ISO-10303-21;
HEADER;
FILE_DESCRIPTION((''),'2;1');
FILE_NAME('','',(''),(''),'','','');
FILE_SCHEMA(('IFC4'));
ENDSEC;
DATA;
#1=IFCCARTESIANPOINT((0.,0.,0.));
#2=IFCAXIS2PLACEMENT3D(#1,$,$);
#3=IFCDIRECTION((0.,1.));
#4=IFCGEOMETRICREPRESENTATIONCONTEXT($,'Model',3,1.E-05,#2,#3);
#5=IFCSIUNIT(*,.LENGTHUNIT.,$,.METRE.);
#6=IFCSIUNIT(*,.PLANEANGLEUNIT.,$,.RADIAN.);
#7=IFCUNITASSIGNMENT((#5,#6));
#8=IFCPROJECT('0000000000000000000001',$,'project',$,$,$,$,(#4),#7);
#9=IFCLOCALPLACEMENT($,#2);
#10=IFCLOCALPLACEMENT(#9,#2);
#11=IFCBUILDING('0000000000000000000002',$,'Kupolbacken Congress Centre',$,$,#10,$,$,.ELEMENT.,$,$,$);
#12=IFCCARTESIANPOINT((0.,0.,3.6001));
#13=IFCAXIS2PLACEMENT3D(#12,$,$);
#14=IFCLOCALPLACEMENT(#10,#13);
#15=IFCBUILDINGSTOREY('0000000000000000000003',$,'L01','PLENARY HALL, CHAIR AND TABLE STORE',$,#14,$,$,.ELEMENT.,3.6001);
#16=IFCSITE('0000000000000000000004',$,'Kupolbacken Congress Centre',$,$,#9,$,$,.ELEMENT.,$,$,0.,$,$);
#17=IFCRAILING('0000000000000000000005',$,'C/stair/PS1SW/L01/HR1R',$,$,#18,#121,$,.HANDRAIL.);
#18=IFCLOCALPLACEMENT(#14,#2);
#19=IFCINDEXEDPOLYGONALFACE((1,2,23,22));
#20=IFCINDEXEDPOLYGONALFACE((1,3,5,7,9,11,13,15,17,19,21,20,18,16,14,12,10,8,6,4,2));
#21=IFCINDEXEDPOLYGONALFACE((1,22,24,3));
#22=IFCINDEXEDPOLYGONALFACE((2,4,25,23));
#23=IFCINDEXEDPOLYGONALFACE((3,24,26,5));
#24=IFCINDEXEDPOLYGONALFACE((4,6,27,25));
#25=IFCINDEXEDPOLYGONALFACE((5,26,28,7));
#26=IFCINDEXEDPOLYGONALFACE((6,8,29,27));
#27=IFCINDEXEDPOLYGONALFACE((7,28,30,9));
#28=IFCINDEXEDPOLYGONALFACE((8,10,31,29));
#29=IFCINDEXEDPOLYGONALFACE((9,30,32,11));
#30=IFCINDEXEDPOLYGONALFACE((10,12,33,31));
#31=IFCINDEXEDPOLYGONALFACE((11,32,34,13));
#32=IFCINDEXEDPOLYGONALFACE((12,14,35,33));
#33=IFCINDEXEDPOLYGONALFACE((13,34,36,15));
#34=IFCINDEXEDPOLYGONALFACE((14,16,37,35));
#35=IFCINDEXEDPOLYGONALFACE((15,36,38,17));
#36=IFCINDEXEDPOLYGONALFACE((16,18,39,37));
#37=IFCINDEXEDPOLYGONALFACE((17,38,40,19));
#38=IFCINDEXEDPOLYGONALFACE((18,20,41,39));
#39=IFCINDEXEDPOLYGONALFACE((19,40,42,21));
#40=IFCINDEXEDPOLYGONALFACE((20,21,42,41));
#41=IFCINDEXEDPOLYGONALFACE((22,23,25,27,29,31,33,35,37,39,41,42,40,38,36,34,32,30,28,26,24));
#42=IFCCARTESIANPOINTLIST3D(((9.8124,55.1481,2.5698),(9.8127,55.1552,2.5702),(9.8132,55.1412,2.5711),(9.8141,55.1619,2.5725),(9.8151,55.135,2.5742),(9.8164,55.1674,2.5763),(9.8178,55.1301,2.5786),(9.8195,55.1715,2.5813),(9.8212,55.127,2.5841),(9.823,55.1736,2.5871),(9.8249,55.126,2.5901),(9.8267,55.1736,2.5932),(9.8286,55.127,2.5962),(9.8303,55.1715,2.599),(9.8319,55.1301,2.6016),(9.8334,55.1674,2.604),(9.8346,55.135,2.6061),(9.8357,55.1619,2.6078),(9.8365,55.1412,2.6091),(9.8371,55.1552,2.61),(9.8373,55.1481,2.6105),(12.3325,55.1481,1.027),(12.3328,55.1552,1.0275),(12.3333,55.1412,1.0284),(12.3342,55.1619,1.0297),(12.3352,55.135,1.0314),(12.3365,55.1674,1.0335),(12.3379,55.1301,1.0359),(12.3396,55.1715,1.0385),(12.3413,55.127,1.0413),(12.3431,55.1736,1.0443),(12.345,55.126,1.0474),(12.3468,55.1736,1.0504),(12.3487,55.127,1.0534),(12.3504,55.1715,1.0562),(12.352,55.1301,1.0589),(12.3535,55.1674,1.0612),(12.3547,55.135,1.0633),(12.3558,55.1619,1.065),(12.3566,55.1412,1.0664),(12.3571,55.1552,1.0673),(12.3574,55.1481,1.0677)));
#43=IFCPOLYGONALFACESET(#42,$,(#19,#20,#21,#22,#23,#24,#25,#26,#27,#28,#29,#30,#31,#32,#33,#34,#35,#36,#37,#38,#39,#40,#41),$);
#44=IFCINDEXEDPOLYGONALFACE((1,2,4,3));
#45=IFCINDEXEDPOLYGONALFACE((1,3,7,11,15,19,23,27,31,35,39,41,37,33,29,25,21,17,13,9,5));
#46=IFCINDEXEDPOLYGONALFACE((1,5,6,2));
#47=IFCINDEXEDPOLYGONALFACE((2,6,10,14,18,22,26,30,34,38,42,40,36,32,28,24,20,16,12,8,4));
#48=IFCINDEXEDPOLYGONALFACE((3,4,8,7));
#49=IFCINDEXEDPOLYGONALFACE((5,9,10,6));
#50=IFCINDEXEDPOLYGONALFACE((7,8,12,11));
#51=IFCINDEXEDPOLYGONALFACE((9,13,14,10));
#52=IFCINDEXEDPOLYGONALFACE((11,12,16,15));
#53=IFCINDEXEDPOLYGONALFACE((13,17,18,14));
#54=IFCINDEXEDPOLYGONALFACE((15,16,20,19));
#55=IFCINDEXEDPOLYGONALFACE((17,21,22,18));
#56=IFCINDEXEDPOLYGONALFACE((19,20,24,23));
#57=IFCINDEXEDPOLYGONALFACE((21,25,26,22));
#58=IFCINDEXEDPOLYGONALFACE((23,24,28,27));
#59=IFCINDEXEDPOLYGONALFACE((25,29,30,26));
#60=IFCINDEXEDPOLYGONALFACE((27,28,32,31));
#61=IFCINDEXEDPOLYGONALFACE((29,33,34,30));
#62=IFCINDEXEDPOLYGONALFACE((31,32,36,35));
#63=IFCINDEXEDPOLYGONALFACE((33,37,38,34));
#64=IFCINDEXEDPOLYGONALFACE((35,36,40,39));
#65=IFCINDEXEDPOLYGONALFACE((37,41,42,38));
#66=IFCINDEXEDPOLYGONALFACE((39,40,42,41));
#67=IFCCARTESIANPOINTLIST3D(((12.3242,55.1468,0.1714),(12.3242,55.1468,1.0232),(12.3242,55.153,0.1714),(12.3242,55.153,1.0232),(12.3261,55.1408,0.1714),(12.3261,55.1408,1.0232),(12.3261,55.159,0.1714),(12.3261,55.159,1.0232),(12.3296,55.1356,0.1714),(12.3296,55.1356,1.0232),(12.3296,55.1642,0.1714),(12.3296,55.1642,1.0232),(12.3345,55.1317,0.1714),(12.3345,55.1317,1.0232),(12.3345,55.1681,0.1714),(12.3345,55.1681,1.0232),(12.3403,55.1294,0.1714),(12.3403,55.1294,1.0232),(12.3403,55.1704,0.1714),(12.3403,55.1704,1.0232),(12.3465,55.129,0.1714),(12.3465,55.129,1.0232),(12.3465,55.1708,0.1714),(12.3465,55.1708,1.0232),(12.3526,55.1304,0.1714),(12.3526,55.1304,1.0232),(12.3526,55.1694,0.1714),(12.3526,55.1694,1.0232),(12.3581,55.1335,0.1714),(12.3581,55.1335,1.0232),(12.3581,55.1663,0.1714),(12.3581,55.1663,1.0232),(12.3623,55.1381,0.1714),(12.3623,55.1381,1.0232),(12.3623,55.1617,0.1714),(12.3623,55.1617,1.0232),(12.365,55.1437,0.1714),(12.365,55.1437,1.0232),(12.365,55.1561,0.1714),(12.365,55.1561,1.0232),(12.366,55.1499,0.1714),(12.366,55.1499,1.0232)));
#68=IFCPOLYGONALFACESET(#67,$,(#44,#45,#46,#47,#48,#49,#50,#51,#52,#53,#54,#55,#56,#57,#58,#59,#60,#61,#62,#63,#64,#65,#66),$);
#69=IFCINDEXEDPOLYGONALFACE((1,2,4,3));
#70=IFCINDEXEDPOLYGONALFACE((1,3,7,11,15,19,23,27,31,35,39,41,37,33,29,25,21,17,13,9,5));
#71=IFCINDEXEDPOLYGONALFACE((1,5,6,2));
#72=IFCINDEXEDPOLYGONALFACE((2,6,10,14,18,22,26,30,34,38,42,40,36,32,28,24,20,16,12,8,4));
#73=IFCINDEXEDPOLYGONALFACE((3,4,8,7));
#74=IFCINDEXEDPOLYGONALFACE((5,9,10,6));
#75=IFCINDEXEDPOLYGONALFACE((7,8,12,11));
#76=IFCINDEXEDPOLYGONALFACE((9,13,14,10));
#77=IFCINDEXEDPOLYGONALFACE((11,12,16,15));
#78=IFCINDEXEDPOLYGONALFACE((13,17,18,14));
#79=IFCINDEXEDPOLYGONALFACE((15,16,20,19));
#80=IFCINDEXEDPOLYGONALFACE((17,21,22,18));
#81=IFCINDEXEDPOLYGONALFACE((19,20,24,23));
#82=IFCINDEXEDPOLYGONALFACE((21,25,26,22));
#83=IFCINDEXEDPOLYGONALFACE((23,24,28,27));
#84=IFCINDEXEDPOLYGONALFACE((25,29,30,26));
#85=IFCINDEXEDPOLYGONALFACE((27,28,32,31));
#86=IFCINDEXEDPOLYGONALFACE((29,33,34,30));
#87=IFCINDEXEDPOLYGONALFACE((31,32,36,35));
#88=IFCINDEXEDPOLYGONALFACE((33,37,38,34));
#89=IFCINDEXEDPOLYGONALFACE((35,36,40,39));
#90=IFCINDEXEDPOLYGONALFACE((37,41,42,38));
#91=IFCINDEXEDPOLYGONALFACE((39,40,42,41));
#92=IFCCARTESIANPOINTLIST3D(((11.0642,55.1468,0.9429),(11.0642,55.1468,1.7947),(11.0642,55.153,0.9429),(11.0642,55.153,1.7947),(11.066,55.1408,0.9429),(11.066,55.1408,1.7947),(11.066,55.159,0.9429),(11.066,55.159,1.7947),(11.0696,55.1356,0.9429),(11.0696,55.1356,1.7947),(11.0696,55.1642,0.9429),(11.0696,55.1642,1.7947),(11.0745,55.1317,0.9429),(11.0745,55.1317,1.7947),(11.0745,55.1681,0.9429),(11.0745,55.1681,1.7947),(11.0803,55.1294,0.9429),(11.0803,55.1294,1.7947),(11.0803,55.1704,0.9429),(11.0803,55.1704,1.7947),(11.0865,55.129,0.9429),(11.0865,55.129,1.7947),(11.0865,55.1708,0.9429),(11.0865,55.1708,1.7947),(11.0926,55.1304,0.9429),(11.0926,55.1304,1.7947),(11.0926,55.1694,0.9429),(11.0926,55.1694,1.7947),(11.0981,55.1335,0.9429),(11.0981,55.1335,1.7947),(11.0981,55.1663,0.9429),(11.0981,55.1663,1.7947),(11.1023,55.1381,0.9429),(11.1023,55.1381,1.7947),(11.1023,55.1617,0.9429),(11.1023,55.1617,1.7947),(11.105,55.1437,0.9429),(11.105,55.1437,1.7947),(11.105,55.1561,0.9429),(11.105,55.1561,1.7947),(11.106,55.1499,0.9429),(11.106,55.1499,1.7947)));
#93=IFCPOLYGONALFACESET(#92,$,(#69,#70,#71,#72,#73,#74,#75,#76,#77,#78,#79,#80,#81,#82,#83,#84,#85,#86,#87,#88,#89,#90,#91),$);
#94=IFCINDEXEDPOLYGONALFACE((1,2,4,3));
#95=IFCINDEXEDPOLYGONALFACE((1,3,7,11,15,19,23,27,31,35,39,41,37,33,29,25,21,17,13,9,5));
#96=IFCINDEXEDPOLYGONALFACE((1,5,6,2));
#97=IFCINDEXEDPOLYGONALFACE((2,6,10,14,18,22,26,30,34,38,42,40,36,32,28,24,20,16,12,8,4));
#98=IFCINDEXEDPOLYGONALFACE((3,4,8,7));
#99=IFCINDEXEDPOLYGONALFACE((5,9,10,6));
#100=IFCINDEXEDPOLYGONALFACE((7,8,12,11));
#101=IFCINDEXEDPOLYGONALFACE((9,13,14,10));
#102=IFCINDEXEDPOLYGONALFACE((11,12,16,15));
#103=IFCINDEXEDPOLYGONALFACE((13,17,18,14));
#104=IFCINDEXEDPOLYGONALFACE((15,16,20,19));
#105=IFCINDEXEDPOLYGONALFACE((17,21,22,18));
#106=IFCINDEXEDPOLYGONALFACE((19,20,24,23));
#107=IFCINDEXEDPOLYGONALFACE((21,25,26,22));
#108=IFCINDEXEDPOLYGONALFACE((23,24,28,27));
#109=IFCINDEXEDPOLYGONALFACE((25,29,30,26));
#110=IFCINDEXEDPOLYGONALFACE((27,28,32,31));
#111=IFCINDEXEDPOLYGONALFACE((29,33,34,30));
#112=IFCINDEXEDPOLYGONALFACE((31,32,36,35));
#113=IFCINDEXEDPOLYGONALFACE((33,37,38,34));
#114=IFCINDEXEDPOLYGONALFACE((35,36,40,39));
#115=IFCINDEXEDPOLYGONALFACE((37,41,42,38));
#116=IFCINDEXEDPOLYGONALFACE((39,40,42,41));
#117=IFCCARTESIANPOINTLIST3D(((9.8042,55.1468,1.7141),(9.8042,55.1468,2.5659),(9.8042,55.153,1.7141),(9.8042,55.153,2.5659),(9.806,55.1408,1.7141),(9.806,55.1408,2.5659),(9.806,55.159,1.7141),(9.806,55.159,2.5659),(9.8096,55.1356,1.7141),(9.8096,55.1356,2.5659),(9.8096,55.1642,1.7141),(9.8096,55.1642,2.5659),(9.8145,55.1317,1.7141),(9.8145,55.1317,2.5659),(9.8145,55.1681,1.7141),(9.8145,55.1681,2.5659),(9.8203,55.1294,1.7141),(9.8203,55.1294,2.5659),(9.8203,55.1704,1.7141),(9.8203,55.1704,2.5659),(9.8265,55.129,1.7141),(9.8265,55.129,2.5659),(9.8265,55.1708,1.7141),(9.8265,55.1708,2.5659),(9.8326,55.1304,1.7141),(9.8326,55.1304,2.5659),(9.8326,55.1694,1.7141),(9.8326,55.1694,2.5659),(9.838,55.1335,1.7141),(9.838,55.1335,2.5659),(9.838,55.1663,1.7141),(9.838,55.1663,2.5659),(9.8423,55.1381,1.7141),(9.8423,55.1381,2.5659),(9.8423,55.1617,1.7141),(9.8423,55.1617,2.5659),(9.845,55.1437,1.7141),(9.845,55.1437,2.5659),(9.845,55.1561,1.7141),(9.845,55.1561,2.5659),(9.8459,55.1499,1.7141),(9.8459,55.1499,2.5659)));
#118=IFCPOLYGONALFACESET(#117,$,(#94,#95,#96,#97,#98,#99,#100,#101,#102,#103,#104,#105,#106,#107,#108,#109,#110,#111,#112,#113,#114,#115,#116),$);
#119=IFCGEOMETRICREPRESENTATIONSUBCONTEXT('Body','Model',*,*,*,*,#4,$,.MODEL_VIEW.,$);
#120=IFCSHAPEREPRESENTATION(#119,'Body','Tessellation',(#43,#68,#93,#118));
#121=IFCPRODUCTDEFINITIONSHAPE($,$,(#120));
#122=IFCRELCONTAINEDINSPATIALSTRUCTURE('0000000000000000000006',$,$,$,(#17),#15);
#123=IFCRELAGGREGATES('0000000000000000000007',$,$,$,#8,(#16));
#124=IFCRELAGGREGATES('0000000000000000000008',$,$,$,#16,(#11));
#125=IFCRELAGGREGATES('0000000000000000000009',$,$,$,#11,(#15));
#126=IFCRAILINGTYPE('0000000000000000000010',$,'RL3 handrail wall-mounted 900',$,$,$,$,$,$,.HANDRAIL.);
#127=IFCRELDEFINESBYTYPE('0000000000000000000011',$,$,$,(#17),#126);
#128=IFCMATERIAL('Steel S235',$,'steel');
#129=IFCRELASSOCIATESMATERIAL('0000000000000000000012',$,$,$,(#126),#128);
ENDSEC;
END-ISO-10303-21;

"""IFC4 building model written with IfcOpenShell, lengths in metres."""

from ifc_helpers import new_model, si_unit, direction, frame, origin, origin_2d, place, context, subcontext, project, spatial, circle, extrude, material, type_object, element, save


model = new_model("IFC4")

# Units and contexts
model_context = context("Model", 3, precision=1e-05, world=origin(), true_north=direction((0.0, 1.0)))
body_context = subcontext(model_context, "Body", "Model", "MODEL_VIEW")
ifc_project = project(units=[si_unit("LENGTHUNIT", "METRE"), si_unit("PLANEANGLEUNIT", "RADIAN")], contexts=[model_context])

# Site, building, storey
site_placement = place(None, origin())
site = spatial("IfcSite", under=ifc_project, at=site_placement, Name="Kupolbacken Congress Centre", CompositionType="ELEMENT", RefElevation=0.0)
building_placement = place(site_placement, origin())
building = spatial("IfcBuilding", under=site, at=building_placement, Name="Kupolbacken Congress Centre", CompositionType="ELEMENT")
storey_placement = place(building_placement, frame((0.0, 0.0, 3.6001)))
storey = spatial("IfcBuildingStorey", under=building, at=storey_placement, Name="L01", Description="PLENARY HALL, CHAIR AND TABLE STORE", CompositionType="ELEMENT", Elevation=3.6001)

# Railing
ifc_material_1 = material(Name="Steel S235", Category="steel")
railing_type = type_object("IfcRailingType", Name="RL3 handrail wall-mounted 900", PredefinedType="HANDRAIL", material=ifc_material_1)
for number, where, name in (
    (1, (12.345, 55.1499, 0.1714), "C/stair/PS1SW/L01/HR1R"),
):
    element("IfcRailing", number, at=place(storey_placement, frame(where)), inside=storey, type_object=railing_type, Name=name, PredefinedType="HANDRAIL", context=body_context, shape_type="SweptSolid", body=[
        extrude(circle(Radius=0.0239, at=origin_2d()), frame((0.0, 0.0, 0.876), z_axis=(-0.852873, 0.0, 0.522118), x_axis=(0.0, -1.0, 0.0)), (0.0, 0.0, 1.0), 2.9548),
        extrude(circle(Radius=0.021, at=origin_2d()), origin(), (0.0, 0.0, 1.0), 0.8518),
        extrude(circle(Radius=0.021, at=origin_2d()), frame((-1.26, 0.0, 0.7715)), (0.0, 0.0, 1.0), 0.8518),
        extrude(circle(Radius=0.021, at=origin_2d()), frame((-2.52, 0.0, 1.5427)), (0.0, 0.0, 1.0), 0.8518),
    ])

save(model, "model.ifc")
